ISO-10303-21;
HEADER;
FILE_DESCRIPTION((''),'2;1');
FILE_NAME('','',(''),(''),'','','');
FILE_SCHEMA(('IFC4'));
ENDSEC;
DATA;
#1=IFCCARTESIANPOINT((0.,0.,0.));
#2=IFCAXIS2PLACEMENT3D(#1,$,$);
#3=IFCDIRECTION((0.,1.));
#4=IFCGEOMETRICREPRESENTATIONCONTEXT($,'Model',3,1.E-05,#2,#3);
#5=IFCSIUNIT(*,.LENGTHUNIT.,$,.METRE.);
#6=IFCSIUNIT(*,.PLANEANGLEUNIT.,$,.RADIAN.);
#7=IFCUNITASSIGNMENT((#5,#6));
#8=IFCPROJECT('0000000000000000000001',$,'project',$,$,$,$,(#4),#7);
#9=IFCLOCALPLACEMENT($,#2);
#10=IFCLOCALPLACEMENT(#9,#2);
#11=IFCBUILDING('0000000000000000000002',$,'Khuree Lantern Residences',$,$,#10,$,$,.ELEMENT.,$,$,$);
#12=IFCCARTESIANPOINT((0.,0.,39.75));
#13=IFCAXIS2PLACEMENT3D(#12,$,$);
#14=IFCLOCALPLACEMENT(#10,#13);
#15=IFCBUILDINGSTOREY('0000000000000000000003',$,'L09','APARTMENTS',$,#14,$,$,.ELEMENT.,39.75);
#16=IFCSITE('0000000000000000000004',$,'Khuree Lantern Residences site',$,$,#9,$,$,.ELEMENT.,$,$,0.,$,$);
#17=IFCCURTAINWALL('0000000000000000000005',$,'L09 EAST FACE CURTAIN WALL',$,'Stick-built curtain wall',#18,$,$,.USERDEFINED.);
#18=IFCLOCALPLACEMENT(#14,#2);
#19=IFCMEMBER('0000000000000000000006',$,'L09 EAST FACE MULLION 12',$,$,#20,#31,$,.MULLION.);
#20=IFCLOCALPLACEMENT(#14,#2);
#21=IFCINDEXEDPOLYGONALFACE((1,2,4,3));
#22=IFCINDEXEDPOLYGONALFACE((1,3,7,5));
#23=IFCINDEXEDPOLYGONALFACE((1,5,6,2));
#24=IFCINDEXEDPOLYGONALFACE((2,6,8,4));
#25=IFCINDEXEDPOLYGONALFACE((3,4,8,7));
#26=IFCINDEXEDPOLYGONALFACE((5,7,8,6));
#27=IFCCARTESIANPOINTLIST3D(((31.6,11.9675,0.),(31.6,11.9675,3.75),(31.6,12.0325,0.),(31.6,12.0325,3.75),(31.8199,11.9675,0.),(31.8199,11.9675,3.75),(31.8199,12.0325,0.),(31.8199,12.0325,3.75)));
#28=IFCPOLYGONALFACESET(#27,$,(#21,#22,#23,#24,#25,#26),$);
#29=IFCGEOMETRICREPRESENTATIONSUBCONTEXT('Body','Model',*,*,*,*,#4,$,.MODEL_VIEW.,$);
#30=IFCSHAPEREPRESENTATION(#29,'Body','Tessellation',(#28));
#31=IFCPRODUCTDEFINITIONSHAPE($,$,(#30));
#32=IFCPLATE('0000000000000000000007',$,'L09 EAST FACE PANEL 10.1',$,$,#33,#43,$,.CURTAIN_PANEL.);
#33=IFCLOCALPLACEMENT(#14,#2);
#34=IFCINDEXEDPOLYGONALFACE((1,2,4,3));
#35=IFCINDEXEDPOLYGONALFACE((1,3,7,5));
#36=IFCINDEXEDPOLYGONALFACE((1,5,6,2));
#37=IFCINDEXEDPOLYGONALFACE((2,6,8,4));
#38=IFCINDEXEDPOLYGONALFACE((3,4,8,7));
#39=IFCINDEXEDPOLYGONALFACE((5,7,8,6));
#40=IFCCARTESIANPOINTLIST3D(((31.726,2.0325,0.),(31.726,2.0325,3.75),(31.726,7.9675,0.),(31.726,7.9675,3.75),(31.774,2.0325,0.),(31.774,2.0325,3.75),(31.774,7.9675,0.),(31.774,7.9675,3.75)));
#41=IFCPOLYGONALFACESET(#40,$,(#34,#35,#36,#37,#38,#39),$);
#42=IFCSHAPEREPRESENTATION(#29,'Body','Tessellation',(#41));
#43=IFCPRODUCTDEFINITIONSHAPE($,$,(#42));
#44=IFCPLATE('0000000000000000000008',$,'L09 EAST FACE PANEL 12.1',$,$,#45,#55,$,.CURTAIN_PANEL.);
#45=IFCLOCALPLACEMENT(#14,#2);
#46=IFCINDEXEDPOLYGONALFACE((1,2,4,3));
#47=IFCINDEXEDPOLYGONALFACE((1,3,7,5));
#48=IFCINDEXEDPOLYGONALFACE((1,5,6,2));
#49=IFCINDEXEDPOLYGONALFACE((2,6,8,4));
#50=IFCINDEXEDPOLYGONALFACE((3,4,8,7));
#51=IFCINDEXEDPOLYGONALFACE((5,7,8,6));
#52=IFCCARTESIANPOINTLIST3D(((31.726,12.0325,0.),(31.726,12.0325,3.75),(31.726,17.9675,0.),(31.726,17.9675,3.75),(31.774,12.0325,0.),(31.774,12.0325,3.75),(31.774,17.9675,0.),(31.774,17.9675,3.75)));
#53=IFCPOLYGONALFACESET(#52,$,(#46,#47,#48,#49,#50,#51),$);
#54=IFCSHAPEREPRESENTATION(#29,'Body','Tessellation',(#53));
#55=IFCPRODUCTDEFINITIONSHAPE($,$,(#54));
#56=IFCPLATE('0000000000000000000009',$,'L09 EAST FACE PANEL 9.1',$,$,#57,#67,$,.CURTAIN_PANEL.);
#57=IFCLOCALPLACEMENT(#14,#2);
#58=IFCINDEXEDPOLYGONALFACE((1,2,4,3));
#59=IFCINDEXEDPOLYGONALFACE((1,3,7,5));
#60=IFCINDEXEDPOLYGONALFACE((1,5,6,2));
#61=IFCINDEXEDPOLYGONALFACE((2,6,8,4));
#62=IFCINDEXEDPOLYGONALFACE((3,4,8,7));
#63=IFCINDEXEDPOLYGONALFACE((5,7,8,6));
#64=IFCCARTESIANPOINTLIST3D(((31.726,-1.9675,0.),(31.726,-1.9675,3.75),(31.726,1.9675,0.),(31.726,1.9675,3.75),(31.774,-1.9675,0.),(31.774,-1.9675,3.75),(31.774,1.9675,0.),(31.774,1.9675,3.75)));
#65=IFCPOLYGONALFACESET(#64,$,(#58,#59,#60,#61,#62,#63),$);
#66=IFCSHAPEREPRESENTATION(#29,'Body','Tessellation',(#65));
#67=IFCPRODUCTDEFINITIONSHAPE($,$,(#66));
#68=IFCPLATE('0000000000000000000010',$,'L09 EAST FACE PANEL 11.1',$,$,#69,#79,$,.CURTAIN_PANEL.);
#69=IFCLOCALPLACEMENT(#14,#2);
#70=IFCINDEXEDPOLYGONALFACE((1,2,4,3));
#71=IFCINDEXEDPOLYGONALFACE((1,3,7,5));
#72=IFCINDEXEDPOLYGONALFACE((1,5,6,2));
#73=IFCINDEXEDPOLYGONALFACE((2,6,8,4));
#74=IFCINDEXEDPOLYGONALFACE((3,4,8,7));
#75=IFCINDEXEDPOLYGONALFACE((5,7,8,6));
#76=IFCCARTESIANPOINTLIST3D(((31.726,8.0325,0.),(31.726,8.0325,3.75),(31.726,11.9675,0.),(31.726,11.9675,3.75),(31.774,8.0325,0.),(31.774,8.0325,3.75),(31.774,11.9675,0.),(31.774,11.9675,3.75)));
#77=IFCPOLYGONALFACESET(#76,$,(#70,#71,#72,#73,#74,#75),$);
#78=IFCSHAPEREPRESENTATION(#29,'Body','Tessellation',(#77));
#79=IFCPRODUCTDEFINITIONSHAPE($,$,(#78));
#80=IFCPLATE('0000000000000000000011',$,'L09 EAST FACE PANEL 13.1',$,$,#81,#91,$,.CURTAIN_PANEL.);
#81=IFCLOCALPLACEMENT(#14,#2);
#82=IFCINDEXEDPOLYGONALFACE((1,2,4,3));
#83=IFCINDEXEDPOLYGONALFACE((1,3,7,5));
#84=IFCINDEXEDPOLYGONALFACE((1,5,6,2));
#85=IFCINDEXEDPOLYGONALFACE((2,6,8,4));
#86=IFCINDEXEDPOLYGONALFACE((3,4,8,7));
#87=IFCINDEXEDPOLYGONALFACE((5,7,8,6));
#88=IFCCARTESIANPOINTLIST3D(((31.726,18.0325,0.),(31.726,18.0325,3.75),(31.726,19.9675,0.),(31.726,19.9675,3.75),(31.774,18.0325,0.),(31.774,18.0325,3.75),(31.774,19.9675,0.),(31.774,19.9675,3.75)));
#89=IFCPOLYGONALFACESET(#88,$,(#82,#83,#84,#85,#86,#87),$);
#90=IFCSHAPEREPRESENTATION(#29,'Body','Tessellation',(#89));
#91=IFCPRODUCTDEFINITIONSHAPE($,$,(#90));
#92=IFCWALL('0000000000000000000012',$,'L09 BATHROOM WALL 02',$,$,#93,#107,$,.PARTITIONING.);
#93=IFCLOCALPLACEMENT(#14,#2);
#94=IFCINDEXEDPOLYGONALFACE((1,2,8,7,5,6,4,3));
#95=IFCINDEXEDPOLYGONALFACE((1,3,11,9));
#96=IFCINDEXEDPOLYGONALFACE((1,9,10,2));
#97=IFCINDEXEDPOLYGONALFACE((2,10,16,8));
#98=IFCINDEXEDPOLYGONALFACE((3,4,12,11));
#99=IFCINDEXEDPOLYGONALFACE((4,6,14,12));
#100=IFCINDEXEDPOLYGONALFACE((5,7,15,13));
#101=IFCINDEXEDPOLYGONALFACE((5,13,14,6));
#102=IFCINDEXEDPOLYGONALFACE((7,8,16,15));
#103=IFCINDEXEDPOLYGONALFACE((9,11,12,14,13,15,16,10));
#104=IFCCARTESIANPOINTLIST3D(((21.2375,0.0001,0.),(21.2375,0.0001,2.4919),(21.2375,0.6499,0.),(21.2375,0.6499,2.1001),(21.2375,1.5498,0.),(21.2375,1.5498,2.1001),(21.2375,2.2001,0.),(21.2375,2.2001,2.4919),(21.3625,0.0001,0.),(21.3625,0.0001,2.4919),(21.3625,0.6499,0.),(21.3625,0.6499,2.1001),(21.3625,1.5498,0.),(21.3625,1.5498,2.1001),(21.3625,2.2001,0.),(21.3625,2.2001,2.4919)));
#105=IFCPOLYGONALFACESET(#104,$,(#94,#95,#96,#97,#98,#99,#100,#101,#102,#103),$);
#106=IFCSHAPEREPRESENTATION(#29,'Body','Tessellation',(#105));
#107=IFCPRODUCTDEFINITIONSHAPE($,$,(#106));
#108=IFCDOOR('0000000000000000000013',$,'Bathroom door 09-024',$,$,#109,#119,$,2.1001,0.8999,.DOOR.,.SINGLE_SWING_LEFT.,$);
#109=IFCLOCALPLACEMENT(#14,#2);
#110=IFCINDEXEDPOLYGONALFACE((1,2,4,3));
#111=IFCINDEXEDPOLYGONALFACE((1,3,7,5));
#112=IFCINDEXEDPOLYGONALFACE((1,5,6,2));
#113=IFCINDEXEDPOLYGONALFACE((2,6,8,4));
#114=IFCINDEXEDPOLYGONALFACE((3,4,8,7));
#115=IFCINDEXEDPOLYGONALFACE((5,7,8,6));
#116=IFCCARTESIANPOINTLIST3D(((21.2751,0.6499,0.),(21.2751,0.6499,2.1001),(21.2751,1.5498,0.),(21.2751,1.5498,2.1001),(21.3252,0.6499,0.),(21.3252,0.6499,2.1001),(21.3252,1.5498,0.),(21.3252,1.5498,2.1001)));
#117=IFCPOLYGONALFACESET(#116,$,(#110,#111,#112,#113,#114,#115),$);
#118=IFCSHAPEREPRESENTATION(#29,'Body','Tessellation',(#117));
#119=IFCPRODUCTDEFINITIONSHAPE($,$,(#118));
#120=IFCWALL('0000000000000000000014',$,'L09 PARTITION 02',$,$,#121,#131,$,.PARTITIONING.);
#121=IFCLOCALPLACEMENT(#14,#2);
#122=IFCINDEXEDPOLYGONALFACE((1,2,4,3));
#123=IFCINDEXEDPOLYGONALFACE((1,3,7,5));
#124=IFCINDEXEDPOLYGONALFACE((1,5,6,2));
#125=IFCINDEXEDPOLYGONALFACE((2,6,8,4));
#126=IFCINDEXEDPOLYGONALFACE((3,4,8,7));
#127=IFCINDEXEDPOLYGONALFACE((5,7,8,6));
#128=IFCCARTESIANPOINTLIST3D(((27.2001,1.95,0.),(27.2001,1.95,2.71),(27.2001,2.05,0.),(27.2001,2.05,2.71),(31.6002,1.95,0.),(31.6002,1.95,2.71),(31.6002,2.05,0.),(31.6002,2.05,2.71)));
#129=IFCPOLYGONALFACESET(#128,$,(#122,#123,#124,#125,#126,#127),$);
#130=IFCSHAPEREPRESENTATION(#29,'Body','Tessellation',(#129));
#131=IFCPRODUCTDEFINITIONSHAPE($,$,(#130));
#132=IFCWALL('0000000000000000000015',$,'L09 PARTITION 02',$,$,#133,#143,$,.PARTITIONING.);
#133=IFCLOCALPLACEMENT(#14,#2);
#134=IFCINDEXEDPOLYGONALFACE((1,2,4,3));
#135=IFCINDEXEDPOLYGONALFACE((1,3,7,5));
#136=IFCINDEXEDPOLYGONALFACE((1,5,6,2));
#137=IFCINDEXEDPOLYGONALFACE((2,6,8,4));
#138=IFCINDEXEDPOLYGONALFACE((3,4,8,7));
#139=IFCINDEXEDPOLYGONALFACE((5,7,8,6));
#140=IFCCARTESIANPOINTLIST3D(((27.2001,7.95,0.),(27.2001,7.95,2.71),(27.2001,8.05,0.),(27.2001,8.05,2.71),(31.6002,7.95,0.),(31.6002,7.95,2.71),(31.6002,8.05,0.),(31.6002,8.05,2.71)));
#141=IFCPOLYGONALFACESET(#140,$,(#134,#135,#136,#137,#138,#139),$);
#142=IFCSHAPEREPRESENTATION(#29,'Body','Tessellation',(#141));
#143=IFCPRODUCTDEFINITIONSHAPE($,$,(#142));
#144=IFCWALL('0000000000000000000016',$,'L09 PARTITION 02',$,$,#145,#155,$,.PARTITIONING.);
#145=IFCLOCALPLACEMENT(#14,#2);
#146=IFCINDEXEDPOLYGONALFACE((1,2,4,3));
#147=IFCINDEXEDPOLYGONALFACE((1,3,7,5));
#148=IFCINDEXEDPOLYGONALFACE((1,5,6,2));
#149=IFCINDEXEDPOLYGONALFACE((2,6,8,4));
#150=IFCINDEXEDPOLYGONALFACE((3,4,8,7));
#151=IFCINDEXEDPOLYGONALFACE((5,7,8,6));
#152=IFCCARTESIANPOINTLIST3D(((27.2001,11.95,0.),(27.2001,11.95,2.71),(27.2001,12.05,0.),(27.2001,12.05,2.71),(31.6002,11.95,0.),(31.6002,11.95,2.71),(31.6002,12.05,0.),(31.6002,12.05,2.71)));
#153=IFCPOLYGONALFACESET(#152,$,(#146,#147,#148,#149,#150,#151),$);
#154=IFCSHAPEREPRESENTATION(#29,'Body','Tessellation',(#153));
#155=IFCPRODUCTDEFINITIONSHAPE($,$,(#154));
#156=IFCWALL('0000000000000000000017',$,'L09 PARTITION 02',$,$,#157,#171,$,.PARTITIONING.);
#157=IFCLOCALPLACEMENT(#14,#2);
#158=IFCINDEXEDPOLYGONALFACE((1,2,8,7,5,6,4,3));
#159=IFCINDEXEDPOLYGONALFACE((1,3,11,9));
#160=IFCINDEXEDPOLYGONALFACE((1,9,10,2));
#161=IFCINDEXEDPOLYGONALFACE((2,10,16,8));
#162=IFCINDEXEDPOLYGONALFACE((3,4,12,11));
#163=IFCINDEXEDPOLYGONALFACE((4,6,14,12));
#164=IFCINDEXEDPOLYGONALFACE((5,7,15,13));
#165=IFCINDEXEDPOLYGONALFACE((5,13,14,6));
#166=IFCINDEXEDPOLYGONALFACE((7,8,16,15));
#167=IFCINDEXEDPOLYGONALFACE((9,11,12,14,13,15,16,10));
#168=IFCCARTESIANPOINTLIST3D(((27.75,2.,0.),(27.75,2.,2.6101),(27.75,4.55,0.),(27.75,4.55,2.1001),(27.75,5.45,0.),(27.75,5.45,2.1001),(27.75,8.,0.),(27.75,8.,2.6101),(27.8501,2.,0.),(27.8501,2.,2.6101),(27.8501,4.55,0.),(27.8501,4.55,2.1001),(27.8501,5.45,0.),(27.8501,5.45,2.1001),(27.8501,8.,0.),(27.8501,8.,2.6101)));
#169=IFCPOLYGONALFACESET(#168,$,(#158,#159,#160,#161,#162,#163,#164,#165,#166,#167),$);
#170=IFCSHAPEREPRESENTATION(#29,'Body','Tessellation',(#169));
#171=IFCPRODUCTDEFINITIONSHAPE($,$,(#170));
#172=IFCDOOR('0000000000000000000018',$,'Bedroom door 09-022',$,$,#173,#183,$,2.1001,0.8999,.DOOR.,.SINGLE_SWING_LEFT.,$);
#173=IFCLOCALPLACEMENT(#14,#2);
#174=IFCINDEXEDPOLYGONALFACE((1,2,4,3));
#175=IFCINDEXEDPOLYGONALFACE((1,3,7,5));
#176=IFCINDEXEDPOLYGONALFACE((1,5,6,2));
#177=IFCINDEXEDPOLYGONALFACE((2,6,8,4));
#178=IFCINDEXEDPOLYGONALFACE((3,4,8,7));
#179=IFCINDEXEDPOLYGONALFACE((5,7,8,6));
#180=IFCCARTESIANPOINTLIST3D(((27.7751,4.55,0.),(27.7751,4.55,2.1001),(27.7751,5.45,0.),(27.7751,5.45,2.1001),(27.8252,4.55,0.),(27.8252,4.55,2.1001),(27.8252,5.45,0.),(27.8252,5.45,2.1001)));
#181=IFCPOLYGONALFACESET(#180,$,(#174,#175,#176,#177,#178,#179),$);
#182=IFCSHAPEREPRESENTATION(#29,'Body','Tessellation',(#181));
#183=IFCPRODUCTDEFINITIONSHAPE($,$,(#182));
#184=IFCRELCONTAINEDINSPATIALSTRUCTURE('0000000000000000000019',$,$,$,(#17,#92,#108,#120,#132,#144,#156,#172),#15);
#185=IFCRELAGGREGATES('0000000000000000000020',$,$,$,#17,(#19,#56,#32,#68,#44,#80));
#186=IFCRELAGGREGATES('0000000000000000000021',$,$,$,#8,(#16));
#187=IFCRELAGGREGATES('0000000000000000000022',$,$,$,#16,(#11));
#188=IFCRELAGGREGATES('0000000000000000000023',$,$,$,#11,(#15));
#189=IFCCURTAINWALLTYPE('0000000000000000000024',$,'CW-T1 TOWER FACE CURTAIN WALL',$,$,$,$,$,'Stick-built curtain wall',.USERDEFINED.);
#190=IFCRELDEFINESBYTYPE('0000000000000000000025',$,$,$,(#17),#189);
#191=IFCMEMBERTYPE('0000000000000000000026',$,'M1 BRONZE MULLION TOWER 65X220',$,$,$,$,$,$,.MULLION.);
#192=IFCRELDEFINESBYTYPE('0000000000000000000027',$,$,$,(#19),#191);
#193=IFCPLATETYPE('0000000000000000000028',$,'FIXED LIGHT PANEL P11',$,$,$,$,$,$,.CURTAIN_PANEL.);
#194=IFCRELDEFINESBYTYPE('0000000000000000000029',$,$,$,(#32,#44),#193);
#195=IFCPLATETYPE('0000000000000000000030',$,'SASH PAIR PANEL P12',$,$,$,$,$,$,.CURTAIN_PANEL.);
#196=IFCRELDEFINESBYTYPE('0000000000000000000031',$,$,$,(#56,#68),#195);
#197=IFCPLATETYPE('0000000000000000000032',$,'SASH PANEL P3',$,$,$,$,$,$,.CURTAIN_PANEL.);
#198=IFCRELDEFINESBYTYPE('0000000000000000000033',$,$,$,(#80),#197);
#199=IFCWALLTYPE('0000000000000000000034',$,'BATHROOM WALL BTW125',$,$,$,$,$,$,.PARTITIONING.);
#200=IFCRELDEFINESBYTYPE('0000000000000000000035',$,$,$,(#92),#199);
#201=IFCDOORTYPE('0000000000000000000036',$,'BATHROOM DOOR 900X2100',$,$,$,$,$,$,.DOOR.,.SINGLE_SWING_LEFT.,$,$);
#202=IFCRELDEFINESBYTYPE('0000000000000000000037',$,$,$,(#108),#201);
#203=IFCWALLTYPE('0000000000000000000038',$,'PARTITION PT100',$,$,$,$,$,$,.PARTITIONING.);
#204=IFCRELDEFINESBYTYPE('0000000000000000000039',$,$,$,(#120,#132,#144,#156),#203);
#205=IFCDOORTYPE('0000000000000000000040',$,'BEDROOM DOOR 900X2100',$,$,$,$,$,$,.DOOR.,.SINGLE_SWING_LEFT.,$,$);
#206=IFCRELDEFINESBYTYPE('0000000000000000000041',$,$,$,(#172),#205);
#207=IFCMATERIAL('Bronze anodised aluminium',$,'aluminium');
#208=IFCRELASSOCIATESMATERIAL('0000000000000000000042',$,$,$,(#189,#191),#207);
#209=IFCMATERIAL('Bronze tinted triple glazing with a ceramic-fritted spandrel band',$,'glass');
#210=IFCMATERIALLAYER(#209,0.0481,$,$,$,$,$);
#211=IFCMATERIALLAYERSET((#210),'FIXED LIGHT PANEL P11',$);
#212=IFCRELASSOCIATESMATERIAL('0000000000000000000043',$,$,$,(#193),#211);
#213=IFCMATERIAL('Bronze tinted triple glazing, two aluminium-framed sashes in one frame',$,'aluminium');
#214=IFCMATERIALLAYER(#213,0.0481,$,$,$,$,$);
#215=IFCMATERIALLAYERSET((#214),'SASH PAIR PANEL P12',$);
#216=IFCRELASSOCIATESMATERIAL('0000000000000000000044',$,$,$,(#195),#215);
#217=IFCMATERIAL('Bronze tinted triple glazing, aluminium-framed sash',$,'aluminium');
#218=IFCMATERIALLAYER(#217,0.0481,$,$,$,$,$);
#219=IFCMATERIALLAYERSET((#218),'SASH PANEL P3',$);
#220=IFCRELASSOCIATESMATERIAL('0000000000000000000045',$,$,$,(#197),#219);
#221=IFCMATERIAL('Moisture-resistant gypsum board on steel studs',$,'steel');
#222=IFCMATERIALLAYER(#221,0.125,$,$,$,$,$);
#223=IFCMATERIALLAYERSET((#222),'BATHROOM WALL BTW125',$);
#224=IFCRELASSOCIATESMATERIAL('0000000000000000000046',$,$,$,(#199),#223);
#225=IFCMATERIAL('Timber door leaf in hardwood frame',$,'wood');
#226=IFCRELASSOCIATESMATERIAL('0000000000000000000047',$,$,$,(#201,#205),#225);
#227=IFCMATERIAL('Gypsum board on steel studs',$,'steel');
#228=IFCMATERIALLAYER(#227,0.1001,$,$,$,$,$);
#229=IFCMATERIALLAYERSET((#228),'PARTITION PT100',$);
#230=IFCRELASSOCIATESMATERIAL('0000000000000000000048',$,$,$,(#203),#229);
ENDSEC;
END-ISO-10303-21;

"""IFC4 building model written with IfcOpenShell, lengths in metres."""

from ifc_helpers import new_model, si_unit, direction, frame, frame_2d, origin, origin_2d, place, context, subcontext, project, spatial, rectangle, extrude, material, layer, layer_set, material_profile, profile_set, type_object, element, fill, aggregate, save


model = new_model("IFC4")

# Units and contexts
model_context = context("Model", 3, precision=1e-05, world=origin(), true_north=direction((0.0, 1.0)))
body_context = subcontext(model_context, "Body", "Model", "MODEL_VIEW")
ifc_project = project(units=[si_unit("LENGTHUNIT", "METRE"), si_unit("PLANEANGLEUNIT", "RADIAN")], contexts=[model_context])

# Site, building, storey
site_placement = place(None, origin())
site = spatial("IfcSite", under=ifc_project, at=site_placement, Name="Khuree Lantern Residences site", CompositionType="ELEMENT", RefElevation=0.0)
building_placement = place(site_placement, origin())
building = spatial("IfcBuilding", under=site, at=building_placement, Name="Khuree Lantern Residences", CompositionType="ELEMENT")
storey_placement = place(building_placement, frame((0.0, 0.0, 39.75)))
storey = spatial("IfcBuildingStorey", under=building, at=storey_placement, Name="L09", Description="APARTMENTS", CompositionType="ELEMENT", Elevation=39.75)

# Curtain wall
ifc_material_1 = material(Name="Bronze anodised aluminium", Category="aluminium")
curtain_wall_type = type_object("IfcCurtainWallType", Name="CW-T1 TOWER FACE CURTAIN WALL", ElementType="Stick-built curtain wall", PredefinedType="USERDEFINED", material=ifc_material_1)
curtain_wall_placement = place(storey_placement, origin())
curtain_wall = element("IfcCurtainWall", 1, at=curtain_wall_placement, inside=storey, type_object=curtain_wall_type, Name="L09 EAST FACE CURTAIN WALL", ObjectType="Stick-built curtain wall", PredefinedType="USERDEFINED")

# Member
ifc_material_profile_1 = material_profile(ifc_material_1, rectangle(XDim=0.0649, YDim=0.22, at=origin_2d()), Name="M1 65X220")
ifc_profile_set_1 = profile_set([ifc_material_profile_1], Name="Bronze anodised aluminium")
member_type_1 = type_object("IfcMemberType", Name="M1 BRONZE MULLION TOWER 65X220", PredefinedType="MULLION", material=ifc_profile_set_1)
member_1_placement = place(storey_placement, frame((31.71, 12.0, 0.0), z_axis=(0.0, 0.0, 1.0), x_axis=(0.0, 1.0, 0.0)))
member_1 = element("IfcMember", 2, at=member_1_placement, type_object=member_type_1, Name="L09 EAST FACE MULLION 12", PredefinedType="MULLION", context=body_context, shape_type="SweptSolid", body=[
    extrude(rectangle(XDim=0.0649, YDim=0.22, at=origin_2d()), origin(), (0.0, 0.0, 1.0), 3.75),
])

# Plates
ifc_material_2 = material(Name="Bronze tinted triple glazing with a ceramic-fritted spandrel band", Category="glass")
ifc_layer_1 = layer(ifc_material_2, 0.0481)
ifc_layer_set_1 = layer_set([ifc_layer_1], Name="FIXED LIGHT PANEL P11")
plate_type_1 = type_object("IfcPlateType", Name="FIXED LIGHT PANEL P11", PredefinedType="CURTAIN_PANEL", material=ifc_layer_set_1)
plate_1_placement = place(storey_placement, frame((31.75, 5.0, 0.0), z_axis=(0.0, 0.0, 1.0), x_axis=(0.0, 1.0, 0.0)))
plate_1 = element("IfcPlate", 3, at=plate_1_placement, type_object=plate_type_1, Name="L09 EAST FACE PANEL 10.1", PredefinedType="CURTAIN_PANEL", context=body_context, shape_type="SweptSolid", body=[
    extrude(rectangle(XDim=5.9351, YDim=0.0481, at=origin_2d()), origin(), (0.0, 0.0, 1.0), 3.75),
])
plate_2_placement = place(storey_placement, frame((31.75, 15.0, 0.0), z_axis=(0.0, 0.0, 1.0), x_axis=(0.0, 1.0, 0.0)))
plate_2 = element("IfcPlate", 4, at=plate_2_placement, type_object=plate_type_1, Name="L09 EAST FACE PANEL 12.1", PredefinedType="CURTAIN_PANEL", context=body_context, shape_type="SweptSolid", body=[
    extrude(rectangle(XDim=5.9351, YDim=0.0481, at=origin_2d()), origin(), (0.0, 0.0, 1.0), 3.75),
])
ifc_material_3 = material(Name="Bronze tinted triple glazing, two aluminium-framed sashes in one frame", Category="aluminium")
ifc_layer_2 = layer(ifc_material_3, 0.0481)
ifc_layer_set_2 = layer_set([ifc_layer_2], Name="SASH PAIR PANEL P12")
plate_type_2 = type_object("IfcPlateType", Name="SASH PAIR PANEL P12", PredefinedType="CURTAIN_PANEL", material=ifc_layer_set_2)
plate_3_placement = place(storey_placement, frame((31.75, 0.0, 0.0), z_axis=(0.0, 0.0, 1.0), x_axis=(0.0, 1.0, 0.0)))
plate_3 = element("IfcPlate", 5, at=plate_3_placement, type_object=plate_type_2, Name="L09 EAST FACE PANEL 9.1", PredefinedType="CURTAIN_PANEL", context=body_context, shape_type="SweptSolid", body=[
    extrude(rectangle(XDim=3.9351, YDim=0.0481, at=origin_2d()), origin(), (0.0, 0.0, 1.0), 3.75),
])
plate_4_placement = place(storey_placement, frame((31.75, 10.0, 0.0), z_axis=(0.0, 0.0, 1.0), x_axis=(0.0, 1.0, 0.0)))
plate_4 = element("IfcPlate", 6, at=plate_4_placement, type_object=plate_type_2, Name="L09 EAST FACE PANEL 11.1", PredefinedType="CURTAIN_PANEL", context=body_context, shape_type="SweptSolid", body=[
    extrude(rectangle(XDim=3.9351, YDim=0.0481, at=origin_2d()), origin(), (0.0, 0.0, 1.0), 3.75),
])
ifc_material_4 = material(Name="Bronze tinted triple glazing, aluminium-framed sash", Category="aluminium")
ifc_layer_3 = layer(ifc_material_4, 0.0481)
ifc_layer_set_3 = layer_set([ifc_layer_3], Name="SASH PANEL P3")
plate_type_3 = type_object("IfcPlateType", Name="SASH PANEL P3", PredefinedType="CURTAIN_PANEL", material=ifc_layer_set_3)
plate_5_placement = place(storey_placement, frame((31.75, 19.0, 0.0), z_axis=(0.0, 0.0, 1.0), x_axis=(0.0, 1.0, 0.0)))
plate_5 = element("IfcPlate", 7, at=plate_5_placement, type_object=plate_type_3, Name="L09 EAST FACE PANEL 13.1", PredefinedType="CURTAIN_PANEL", context=body_context, shape_type="SweptSolid", body=[
    extrude(rectangle(XDim=1.9351, YDim=0.0481, at=origin_2d()), origin(), (0.0, 0.0, 1.0), 3.75),
])
aggregate(curtain_wall, [member_1, plate_3, plate_1, plate_4, plate_2, plate_5])

# Wall, opening, door
ifc_material_5 = material(Name="Moisture-resistant gypsum board on steel studs", Category="steel")
ifc_layer_4 = layer(ifc_material_5, 0.125)
ifc_layer_set_4 = layer_set([ifc_layer_4], Name="BATHROOM WALL BTW125")
wall_type_1 = type_object("IfcWallType", Name="BATHROOM WALL BTW125", PredefinedType="PARTITIONING", material=ifc_layer_set_4)
wall_1_placement = place(storey_placement, frame((21.3, 0.0, 0.0), z_axis=(0.0, 0.0, 1.0), x_axis=(0.0, 1.0, 0.0)))
wall_1 = element("IfcWall", 8, at=wall_1_placement, inside=storey, type_object=wall_type_1, Name="L09 BATHROOM WALL 02", PredefinedType="PARTITIONING", context=body_context, shape_type="SweptSolid", body=[
    extrude(rectangle(XDim=2.2, YDim=0.125, at=frame_2d((1.1001, 0.0))), origin(), (0.0, 0.0, 1.0), 2.4919),
])
opening_1_placement = place(wall_1_placement, frame((0.6499, 0.0, 0.0)))
opening_1 = element("IfcOpeningElement", 9, at=opening_1_placement, cuts=wall_1, PredefinedType="OPENING", context=body_context, shape_type="SweptSolid", body=[
    extrude(rectangle(XDim=0.8999, YDim=2.1001, at=frame_2d((0.45, 1.05))), frame((0.0, 0.0725, 0.0), z_axis=(0.0, -1.0, 0.0), x_axis=(1.0, 0.0, 0.0)), (0.0, 0.0, 1.0), 0.145),
])
ifc_material_6 = material(Name="Timber door leaf in hardwood frame", Category="wood")
door_type_1 = type_object("IfcDoorType", Name="BATHROOM DOOR 900X2100", OperationType="SINGLE_SWING_LEFT", PredefinedType="DOOR", material=ifc_material_6)
door_1_placement = place(opening_1_placement, origin())
door_1 = element("IfcDoor", 10, at=door_1_placement, inside=storey, type_object=door_type_1, Name="Bathroom door 09-024", OperationType="SINGLE_SWING_LEFT", OverallHeight=2.1001, OverallWidth=0.8999, PredefinedType="DOOR", context=body_context, shape_type="SweptSolid", body=[
    extrude(rectangle(XDim=0.8999, YDim=2.1001, at=frame_2d((0.45, 1.05))), frame((0.0, 0.0249, 0.0), z_axis=(0.0, -1.0, 0.0), x_axis=(1.0, 0.0, 0.0)), (0.0, 0.0, 1.0), 0.05),
])
fill(opening_1, door_1)

# Walls
ifc_material_7 = material(Name="Gypsum board on steel studs", Category="steel")
ifc_layer_5 = layer(ifc_material_7, 0.1001)
ifc_layer_set_5 = layer_set([ifc_layer_5], Name="PARTITION PT100")
wall_type_2 = type_object("IfcWallType", Name="PARTITION PT100", PredefinedType="PARTITIONING", material=ifc_layer_set_5)
for number, where, z_axis, x_axis, name in (
    (11, (27.2, 2.0, 0.0), (0.0, 0.0, 1.0), (1.0, 0.0, 0.0), "L09 PARTITION 02"),
    (12, (27.2, 8.0, 0.0), (0.0, 0.0, 1.0), (1.0, 0.0, 0.0), "L09 PARTITION 02"),
    (13, (27.2, 12.0, 0.0), (0.0, 0.0, 1.0), (1.0, 0.0, 0.0), "L09 PARTITION 02"),
):
    element("IfcWall", number, at=place(storey_placement, frame(where, z_axis=z_axis, x_axis=x_axis)), inside=storey, type_object=wall_type_2, Name=name, PredefinedType="PARTITIONING", context=body_context, shape_type="SweptSolid", body=[
        extrude(rectangle(XDim=4.4001, YDim=0.1001, at=frame_2d((2.2002, 0.0))), origin(), (0.0, 0.0, 1.0), 2.71),
    ])

# Wall, opening, door
wall_2_placement = place(storey_placement, frame((27.8, 2.0, 0.0), z_axis=(0.0, 0.0, 1.0), x_axis=(0.0, 1.0, 0.0)))
wall_2 = element("IfcWall", 14, at=wall_2_placement, inside=storey, type_object=wall_type_2, Name="L09 PARTITION 02", PredefinedType="PARTITIONING", context=body_context, shape_type="SweptSolid", body=[
    extrude(rectangle(XDim=6.0, YDim=0.1001, at=frame_2d((3.0, 0.0))), origin(), (0.0, 0.0, 1.0), 2.6101),
])
opening_2_placement = place(wall_2_placement, frame((2.55, 0.0, 0.0)))
opening_2 = element("IfcOpeningElement", 15, at=opening_2_placement, cuts=wall_2, PredefinedType="OPENING", context=body_context, shape_type="SweptSolid", body=[
    extrude(rectangle(XDim=0.8999, YDim=2.1001, at=frame_2d((0.45, 1.05))), frame((0.0, 0.0601, 0.0), z_axis=(0.0, -1.0, 0.0), x_axis=(1.0, 0.0, 0.0)), (0.0, 0.0, 1.0), 0.1201),
])
door_type_2 = type_object("IfcDoorType", Name="BEDROOM DOOR 900X2100", OperationType="SINGLE_SWING_LEFT", PredefinedType="DOOR", material=ifc_material_6)
door_2_placement = place(opening_2_placement, origin())
door_2 = element("IfcDoor", 16, at=door_2_placement, inside=storey, type_object=door_type_2, Name="Bedroom door 09-022", OperationType="SINGLE_SWING_LEFT", OverallHeight=2.1001, OverallWidth=0.8999, PredefinedType="DOOR", context=body_context, shape_type="SweptSolid", body=[
    extrude(rectangle(XDim=0.8999, YDim=2.1001, at=frame_2d((0.45, 1.05))), frame((0.0, 0.0249, 0.0), z_axis=(0.0, -1.0, 0.0), x_axis=(1.0, 0.0, 0.0)), (0.0, 0.0, 1.0), 0.05),
])
fill(opening_2, door_2)

save(model, "model.ifc")
